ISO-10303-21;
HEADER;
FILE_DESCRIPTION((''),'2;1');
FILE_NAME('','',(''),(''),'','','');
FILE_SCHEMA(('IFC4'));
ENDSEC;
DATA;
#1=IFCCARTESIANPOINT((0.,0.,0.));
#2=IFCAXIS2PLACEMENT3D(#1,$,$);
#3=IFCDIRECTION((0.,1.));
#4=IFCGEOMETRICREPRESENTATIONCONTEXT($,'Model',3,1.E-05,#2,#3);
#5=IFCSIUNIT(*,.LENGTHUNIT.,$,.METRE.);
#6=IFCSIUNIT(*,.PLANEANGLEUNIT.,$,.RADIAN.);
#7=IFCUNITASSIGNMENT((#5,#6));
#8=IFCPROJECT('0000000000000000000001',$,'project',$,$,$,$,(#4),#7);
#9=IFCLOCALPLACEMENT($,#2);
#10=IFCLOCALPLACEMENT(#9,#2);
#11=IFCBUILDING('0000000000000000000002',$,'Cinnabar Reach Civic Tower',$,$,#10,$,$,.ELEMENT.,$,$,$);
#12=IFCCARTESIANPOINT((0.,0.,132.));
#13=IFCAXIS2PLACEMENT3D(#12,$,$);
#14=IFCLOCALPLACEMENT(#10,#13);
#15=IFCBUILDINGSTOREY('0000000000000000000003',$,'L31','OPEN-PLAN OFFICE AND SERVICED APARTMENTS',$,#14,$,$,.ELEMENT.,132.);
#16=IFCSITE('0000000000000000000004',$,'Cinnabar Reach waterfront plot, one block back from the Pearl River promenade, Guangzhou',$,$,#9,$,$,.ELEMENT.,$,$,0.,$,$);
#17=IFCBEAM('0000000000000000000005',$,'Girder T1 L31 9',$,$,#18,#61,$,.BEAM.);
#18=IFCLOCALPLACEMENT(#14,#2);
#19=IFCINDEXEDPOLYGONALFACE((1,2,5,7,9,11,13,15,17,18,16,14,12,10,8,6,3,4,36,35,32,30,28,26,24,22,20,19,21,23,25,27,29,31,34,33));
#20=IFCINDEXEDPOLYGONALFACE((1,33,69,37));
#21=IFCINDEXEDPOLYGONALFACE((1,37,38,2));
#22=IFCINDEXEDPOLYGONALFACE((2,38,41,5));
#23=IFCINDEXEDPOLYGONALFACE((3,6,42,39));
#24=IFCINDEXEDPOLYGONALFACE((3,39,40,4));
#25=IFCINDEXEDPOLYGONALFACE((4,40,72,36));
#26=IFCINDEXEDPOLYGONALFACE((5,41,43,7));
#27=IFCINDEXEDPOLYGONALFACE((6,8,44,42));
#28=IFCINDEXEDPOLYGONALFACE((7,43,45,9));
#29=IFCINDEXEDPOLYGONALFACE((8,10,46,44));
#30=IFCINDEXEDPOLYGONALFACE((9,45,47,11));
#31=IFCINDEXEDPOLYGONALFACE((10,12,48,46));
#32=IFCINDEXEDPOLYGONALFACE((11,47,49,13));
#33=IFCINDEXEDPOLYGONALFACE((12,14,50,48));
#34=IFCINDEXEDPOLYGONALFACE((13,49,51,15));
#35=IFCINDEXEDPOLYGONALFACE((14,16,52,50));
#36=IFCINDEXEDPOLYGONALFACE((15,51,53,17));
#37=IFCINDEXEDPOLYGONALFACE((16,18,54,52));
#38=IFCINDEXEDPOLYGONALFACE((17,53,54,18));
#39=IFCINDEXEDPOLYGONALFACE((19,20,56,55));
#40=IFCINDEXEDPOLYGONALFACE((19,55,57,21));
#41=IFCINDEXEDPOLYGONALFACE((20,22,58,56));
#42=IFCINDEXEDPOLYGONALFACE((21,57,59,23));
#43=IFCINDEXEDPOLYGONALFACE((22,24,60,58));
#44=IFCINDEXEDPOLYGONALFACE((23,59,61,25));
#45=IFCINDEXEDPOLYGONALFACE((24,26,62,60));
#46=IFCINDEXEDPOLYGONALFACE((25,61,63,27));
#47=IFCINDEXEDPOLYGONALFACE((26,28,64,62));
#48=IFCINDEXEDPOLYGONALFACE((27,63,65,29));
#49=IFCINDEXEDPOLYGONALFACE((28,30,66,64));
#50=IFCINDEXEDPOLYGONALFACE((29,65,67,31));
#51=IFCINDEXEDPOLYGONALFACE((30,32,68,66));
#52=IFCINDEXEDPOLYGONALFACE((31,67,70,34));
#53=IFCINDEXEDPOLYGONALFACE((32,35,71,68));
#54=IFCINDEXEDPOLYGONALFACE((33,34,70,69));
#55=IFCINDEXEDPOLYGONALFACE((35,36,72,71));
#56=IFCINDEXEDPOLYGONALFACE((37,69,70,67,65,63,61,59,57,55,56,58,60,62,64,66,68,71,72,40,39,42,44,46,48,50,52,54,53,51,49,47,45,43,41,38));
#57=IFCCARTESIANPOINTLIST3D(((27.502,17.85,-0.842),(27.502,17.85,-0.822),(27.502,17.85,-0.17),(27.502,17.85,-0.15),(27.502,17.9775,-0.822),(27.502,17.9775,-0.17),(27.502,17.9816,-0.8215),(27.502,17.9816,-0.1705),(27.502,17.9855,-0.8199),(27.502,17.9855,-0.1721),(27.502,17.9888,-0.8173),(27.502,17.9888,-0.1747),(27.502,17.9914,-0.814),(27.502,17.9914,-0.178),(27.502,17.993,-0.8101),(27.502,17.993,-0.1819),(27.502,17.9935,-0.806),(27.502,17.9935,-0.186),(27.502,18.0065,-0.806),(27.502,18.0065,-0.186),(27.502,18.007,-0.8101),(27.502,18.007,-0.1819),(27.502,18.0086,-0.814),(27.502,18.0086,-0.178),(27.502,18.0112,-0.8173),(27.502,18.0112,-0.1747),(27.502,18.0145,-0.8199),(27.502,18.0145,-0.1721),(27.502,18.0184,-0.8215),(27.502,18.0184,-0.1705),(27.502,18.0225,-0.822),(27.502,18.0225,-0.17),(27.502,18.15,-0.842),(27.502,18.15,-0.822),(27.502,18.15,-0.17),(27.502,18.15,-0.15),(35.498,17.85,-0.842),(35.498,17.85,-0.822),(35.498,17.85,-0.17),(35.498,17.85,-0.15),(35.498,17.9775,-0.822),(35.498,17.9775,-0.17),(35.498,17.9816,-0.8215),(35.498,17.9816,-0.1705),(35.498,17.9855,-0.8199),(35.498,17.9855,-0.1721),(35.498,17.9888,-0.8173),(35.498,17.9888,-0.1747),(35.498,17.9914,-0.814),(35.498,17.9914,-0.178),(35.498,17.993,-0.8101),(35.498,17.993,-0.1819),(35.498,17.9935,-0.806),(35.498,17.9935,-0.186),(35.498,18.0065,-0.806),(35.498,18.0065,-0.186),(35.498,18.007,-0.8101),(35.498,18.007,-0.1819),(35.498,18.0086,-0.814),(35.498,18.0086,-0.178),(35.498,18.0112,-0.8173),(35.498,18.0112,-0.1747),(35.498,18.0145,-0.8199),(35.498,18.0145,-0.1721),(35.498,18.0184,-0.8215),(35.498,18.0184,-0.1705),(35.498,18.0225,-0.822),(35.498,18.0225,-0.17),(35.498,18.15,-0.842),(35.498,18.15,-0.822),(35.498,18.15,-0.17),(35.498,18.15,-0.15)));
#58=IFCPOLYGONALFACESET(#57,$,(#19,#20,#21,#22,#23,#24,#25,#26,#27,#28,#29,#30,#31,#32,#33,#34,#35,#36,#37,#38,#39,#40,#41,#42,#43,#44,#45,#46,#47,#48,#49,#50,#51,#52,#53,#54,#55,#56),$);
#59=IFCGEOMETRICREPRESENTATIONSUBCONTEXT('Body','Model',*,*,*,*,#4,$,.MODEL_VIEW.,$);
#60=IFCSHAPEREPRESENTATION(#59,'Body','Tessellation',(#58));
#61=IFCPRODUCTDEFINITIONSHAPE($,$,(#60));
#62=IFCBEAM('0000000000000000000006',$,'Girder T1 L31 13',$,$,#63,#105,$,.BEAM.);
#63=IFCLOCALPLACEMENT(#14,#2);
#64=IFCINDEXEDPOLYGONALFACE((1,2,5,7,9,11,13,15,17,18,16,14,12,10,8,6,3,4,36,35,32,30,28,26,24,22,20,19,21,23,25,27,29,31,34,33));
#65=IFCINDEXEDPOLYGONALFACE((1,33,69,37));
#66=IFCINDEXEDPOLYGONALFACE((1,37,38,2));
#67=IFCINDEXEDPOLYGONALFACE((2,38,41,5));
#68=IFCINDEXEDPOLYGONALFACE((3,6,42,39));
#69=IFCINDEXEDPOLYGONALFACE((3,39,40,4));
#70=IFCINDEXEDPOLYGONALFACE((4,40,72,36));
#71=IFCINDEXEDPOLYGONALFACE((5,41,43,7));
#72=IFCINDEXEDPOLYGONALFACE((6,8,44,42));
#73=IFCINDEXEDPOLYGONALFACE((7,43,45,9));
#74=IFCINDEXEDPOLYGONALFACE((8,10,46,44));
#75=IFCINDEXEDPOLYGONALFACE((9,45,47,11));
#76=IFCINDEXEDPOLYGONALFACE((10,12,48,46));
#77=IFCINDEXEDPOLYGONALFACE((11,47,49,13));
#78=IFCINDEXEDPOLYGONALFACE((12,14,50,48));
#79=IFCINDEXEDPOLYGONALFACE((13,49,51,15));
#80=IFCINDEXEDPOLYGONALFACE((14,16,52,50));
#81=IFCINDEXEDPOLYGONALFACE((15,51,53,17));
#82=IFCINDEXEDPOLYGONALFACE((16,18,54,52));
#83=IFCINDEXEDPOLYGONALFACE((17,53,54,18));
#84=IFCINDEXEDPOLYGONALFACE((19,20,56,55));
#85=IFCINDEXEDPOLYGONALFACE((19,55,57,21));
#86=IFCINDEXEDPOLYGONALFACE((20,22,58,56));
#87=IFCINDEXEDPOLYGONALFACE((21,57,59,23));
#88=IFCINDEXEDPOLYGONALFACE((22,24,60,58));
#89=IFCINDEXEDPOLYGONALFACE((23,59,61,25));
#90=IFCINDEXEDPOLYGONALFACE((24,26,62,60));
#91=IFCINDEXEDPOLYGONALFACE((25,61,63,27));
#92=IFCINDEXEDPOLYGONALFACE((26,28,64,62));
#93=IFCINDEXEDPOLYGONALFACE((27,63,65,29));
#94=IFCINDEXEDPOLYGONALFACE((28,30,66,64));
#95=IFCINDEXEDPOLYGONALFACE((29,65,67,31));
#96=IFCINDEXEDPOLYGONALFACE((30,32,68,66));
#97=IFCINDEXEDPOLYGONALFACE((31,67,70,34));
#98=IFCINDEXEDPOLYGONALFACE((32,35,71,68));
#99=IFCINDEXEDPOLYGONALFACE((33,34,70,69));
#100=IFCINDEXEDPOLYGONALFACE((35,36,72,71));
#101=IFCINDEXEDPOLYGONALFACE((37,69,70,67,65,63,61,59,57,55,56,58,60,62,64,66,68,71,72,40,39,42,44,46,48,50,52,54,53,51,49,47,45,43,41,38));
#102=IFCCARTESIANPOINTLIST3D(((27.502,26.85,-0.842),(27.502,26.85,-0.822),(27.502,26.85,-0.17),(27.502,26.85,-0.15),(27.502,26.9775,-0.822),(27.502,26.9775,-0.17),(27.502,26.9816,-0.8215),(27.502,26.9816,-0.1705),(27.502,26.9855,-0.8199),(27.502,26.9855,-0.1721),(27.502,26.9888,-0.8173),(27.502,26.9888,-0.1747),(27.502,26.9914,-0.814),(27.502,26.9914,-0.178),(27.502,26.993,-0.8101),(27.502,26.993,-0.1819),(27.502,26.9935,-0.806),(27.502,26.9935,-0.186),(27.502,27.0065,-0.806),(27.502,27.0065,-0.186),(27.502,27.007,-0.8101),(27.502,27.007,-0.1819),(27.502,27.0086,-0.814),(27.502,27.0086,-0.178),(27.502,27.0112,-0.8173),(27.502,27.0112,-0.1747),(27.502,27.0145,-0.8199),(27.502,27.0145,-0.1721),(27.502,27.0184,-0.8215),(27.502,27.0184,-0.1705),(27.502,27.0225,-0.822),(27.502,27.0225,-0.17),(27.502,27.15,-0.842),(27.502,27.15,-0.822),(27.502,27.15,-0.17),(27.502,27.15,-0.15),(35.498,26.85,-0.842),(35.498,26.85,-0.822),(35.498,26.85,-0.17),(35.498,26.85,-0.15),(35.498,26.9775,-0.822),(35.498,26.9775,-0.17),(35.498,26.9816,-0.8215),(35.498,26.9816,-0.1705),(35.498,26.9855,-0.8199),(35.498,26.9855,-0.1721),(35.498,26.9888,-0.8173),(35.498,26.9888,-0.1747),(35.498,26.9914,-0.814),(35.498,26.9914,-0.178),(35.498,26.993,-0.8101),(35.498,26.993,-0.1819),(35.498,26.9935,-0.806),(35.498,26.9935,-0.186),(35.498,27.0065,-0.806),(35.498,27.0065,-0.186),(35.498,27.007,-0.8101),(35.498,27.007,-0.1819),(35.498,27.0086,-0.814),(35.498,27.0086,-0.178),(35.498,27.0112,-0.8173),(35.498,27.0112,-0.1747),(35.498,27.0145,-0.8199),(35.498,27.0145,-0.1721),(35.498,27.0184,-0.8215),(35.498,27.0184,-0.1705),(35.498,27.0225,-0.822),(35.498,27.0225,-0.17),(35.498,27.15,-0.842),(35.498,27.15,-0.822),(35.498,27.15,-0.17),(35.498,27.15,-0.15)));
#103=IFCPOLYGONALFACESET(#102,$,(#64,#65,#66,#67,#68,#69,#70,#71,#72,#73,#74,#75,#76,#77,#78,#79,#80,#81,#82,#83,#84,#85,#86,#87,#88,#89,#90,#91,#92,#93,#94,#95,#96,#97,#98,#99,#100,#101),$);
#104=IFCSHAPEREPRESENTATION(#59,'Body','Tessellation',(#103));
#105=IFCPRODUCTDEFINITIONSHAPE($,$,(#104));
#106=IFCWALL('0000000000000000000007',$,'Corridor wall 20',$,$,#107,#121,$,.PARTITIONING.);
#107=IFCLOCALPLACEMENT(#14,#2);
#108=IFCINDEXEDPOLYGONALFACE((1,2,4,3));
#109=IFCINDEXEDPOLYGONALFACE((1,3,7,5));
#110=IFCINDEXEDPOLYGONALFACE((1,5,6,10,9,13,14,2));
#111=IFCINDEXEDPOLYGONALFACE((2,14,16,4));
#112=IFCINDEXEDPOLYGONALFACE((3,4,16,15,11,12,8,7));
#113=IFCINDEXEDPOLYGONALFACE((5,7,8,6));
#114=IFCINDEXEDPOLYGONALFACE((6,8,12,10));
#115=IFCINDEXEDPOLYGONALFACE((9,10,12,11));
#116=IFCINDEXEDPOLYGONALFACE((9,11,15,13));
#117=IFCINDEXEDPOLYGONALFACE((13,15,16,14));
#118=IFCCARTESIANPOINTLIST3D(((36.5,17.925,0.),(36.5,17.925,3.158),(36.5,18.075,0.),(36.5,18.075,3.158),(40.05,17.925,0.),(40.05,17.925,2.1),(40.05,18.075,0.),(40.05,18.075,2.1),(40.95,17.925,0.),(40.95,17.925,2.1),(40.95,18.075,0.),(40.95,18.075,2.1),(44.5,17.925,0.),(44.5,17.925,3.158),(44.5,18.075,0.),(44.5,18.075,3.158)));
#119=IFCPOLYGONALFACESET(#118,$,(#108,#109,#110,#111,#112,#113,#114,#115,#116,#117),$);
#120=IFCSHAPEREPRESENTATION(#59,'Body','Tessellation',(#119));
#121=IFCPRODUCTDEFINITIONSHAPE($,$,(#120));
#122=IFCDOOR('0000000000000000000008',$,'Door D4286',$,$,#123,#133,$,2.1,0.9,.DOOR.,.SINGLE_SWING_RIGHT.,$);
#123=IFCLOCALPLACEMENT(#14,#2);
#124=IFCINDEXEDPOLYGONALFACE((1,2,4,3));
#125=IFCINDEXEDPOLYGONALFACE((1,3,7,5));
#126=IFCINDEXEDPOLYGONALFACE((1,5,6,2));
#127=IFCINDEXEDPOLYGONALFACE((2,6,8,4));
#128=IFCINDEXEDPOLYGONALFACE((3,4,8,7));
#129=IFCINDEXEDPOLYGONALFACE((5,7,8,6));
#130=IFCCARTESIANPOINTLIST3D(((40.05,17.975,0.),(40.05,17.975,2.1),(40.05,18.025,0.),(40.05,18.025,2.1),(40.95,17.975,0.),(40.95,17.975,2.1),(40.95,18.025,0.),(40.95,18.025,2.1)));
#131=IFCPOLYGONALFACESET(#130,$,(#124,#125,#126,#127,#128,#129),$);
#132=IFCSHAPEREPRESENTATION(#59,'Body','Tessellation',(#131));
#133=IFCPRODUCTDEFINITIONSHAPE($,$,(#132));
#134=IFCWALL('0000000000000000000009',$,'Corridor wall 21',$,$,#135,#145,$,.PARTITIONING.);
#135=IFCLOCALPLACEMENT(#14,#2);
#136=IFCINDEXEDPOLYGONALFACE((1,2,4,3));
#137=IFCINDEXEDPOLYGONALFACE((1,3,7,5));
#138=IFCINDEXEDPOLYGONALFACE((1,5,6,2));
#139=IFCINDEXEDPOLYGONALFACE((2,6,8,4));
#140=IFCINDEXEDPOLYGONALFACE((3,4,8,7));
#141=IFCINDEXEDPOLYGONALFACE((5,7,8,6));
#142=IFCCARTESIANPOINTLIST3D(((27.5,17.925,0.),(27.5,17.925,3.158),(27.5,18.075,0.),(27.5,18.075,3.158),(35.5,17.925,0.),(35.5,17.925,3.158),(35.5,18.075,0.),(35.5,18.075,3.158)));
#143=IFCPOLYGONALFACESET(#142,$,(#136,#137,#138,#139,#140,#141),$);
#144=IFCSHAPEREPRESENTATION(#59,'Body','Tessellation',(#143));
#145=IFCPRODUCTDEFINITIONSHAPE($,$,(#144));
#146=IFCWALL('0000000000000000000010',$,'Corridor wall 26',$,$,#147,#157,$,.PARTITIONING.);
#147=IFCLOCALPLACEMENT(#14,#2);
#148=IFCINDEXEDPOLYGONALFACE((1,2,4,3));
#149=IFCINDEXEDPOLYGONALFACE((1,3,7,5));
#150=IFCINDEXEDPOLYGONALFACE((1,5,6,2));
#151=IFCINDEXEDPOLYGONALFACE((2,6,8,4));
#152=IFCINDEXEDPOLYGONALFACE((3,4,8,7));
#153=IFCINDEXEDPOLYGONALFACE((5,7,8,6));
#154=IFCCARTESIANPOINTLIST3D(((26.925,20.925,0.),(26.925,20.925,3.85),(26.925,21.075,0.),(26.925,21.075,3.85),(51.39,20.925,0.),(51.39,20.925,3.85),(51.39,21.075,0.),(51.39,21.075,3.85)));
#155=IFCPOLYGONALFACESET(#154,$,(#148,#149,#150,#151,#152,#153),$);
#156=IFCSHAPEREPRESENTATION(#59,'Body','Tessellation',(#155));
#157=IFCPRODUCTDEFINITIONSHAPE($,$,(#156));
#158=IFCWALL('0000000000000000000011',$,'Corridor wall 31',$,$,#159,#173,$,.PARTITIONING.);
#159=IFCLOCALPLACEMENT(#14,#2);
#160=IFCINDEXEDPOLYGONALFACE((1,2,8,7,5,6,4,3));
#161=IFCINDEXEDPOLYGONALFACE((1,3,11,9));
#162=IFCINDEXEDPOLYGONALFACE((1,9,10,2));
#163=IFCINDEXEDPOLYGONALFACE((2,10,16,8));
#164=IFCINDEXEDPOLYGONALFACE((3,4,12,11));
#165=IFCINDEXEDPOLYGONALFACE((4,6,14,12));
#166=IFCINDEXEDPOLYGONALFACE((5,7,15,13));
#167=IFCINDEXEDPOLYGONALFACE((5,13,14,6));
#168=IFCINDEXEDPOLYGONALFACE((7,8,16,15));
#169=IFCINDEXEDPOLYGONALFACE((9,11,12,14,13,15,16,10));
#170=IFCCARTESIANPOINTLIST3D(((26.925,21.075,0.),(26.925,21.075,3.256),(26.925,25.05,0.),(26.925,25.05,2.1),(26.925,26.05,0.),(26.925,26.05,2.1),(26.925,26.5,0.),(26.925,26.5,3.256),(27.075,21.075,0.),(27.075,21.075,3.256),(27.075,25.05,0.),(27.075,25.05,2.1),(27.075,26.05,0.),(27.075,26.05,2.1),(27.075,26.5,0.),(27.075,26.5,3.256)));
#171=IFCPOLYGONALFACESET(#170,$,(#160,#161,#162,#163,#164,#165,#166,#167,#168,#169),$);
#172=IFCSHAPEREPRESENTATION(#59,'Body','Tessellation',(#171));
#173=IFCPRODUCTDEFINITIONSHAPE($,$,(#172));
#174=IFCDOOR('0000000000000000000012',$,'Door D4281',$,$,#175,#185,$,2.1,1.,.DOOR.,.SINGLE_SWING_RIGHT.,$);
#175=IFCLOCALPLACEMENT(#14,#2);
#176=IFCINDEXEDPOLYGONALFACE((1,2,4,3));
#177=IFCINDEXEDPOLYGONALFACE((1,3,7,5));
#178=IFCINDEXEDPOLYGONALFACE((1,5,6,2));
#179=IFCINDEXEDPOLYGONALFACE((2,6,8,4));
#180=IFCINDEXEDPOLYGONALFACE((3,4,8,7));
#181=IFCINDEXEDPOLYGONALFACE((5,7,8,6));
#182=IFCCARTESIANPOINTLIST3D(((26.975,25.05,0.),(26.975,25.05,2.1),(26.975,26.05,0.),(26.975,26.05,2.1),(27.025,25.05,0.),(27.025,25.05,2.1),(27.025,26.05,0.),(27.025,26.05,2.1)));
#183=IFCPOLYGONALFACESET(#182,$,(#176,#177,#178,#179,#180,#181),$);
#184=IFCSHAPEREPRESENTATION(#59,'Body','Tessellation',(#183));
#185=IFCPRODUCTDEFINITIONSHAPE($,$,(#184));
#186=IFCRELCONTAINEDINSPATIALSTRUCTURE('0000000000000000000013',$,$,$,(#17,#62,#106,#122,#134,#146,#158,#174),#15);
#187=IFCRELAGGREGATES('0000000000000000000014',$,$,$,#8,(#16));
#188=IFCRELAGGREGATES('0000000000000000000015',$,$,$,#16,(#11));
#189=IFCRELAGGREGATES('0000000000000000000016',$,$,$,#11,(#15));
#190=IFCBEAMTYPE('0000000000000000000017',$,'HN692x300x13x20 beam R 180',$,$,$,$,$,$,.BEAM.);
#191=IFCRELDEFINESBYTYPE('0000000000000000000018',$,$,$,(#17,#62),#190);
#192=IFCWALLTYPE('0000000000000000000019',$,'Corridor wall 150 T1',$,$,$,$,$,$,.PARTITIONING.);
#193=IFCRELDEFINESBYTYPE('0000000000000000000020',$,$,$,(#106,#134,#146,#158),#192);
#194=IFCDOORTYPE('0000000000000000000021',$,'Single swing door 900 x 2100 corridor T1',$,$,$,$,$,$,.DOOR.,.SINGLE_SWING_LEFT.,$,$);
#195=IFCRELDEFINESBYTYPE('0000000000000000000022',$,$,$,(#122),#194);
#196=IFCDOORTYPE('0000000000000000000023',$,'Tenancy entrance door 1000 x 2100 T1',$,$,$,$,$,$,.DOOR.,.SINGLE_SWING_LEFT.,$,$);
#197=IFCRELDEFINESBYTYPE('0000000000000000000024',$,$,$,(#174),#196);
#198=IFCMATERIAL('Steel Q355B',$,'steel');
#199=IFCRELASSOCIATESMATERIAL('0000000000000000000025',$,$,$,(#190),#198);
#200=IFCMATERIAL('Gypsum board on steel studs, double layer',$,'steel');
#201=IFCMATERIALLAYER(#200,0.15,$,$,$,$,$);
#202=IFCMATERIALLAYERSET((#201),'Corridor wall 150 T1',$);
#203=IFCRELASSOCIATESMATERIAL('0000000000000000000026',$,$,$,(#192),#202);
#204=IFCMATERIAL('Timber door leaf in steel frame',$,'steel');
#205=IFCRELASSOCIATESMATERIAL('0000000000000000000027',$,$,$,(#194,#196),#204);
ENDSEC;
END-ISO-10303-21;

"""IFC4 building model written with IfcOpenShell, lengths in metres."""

from ifc_helpers import new_model, si_unit, direction, frame, frame_2d, origin, origin_2d, place, context, subcontext, project, spatial, rectangle, i_section, extrude, material, layer, layer_set, material_profile, profile_set, type_object, element, fill, save


model = new_model("IFC4")

# Units and contexts
model_context = context("Model", 3, precision=1e-05, world=origin(), true_north=direction((0.0, 1.0)))
body_context = subcontext(model_context, "Body", "Model", "MODEL_VIEW")
ifc_project = project(units=[si_unit("LENGTHUNIT", "METRE"), si_unit("PLANEANGLEUNIT", "RADIAN")], contexts=[model_context])

# Site, building, storey
site_placement = place(None, origin())
site = spatial("IfcSite", under=ifc_project, at=site_placement, Name="Cinnabar Reach waterfront plot, one block back from the Pearl River promenade, Guangzhou", CompositionType="ELEMENT", RefElevation=0.0)
building_placement = place(site_placement, origin())
building = spatial("IfcBuilding", under=site, at=building_placement, Name="Cinnabar Reach Civic Tower", CompositionType="ELEMENT")
storey_placement = place(building_placement, frame((0.0, 0.0, 132.0)))
storey = spatial("IfcBuildingStorey", under=building, at=storey_placement, Name="L31", Description="OPEN-PLAN OFFICE AND SERVICED APARTMENTS", CompositionType="ELEMENT", Elevation=132.0)

# Beams
ifc_material_1 = material(Name="Steel Q355B", Category="steel")
ifc_material_profile_1 = material_profile(ifc_material_1, i_section(OverallWidth=0.3, OverallDepth=0.692, WebThickness=0.013, FlangeThickness=0.02, FilletRadius=0.016, at=origin_2d()), Name="HN692x300x13x20")
ifc_profile_set_1 = profile_set([ifc_material_profile_1], Name="Steel Q355B")
beam_type_1 = type_object("IfcBeamType", Name="HN692x300x13x20 beam R 180", PredefinedType="BEAM", material=ifc_profile_set_1)
for number, where, z_axis, x_axis, name in (
    (1, (27.502, 18.0, -0.496), (1.0, 0.0, 0.0), (0.0, 1.0, 0.0), "Girder T1 L31 9"),
    (2, (27.502, 27.0, -0.496), (1.0, 0.0, 0.0), (0.0, 1.0, 0.0), "Girder T1 L31 13"),
):
    element("IfcBeam", number, at=place(storey_placement, frame(where, z_axis=z_axis, x_axis=x_axis)), inside=storey, type_object=beam_type_1, Name=name, PredefinedType="BEAM", context=body_context, shape_type="SweptSolid", body=[
        extrude(i_section(OverallWidth=0.3, OverallDepth=0.692, WebThickness=0.013, FlangeThickness=0.02, FilletRadius=0.016, at=origin_2d()), origin(), (0.0, 0.0, 1.0), 7.996),
    ])

# Wall, opening, door
ifc_material_2 = material(Name="Gypsum board on steel studs, double layer", Category="steel")
ifc_layer_1 = layer(ifc_material_2, 0.15)
ifc_layer_set_1 = layer_set([ifc_layer_1], Name="Corridor wall 150 T1")
wall_type_1 = type_object("IfcWallType", Name="Corridor wall 150 T1", PredefinedType="PARTITIONING", material=ifc_layer_set_1)
wall_1_placement = place(storey_placement, frame((36.5, 18.0, 0.0), z_axis=(0.0, 0.0, 1.0), x_axis=(1.0, 0.0, 0.0)))
wall_1 = element("IfcWall", 3, at=wall_1_placement, inside=storey, type_object=wall_type_1, Name="Corridor wall 20", PredefinedType="PARTITIONING", context=body_context, shape_type="SweptSolid", body=[
    extrude(rectangle(XDim=8.0, YDim=0.15, at=frame_2d((4.0, 0.0))), origin(), (0.0, 0.0, 1.0), 3.158),
])
opening_1_placement = place(wall_1_placement, frame((3.55, 0.0, 0.0)))
opening_1 = element("IfcOpeningElement", 4, at=opening_1_placement, cuts=wall_1, PredefinedType="OPENING", context=body_context, shape_type="SweptSolid", body=[
    extrude(rectangle(XDim=0.9, YDim=2.1, at=frame_2d((0.45, 1.05))), frame((0.0, 0.085, 0.0), z_axis=(0.0, -1.0, 0.0), x_axis=(1.0, 0.0, 0.0)), (0.0, 0.0, 1.0), 0.17),
])
ifc_material_3 = material(Name="Timber door leaf in steel frame", Category="steel")
door_type_1 = type_object("IfcDoorType", Name="Single swing door 900 x 2100 corridor T1", OperationType="SINGLE_SWING_LEFT", PredefinedType="DOOR", material=ifc_material_3)
door_1_placement = place(opening_1_placement, frame((0.9, 0.0, 0.0), z_axis=(0.0, 0.0, 1.0), x_axis=(-1.0, 0.0, 0.0)))
door_1 = element("IfcDoor", 5, at=door_1_placement, inside=storey, type_object=door_type_1, Name="Door D4286", OperationType="SINGLE_SWING_RIGHT", OverallHeight=2.1, OverallWidth=0.9, PredefinedType="DOOR", context=body_context, shape_type="SweptSolid", body=[
    extrude(rectangle(XDim=0.9, YDim=2.1, at=frame_2d((0.45, 1.05))), frame((0.0, 0.025, 0.0), z_axis=(0.0, -1.0, 0.0), x_axis=(1.0, 0.0, 0.0)), (0.0, 0.0, 1.0), 0.05),
])
fill(opening_1, door_1)

# Walls
wall_2_placement = place(storey_placement, frame((27.5, 18.0, 0.0), z_axis=(0.0, 0.0, 1.0), x_axis=(1.0, 0.0, 0.0)))
element("IfcWall", 6, at=wall_2_placement, inside=storey, type_object=wall_type_1, Name="Corridor wall 21", PredefinedType="PARTITIONING", context=body_context, shape_type="SweptSolid", body=[
    extrude(rectangle(XDim=8.0, YDim=0.15, at=frame_2d((4.0, 0.0))), origin(), (0.0, 0.0, 1.0), 3.158),
])
wall_3_placement = place(storey_placement, frame((26.925, 21.0, 0.0), z_axis=(0.0, 0.0, 1.0), x_axis=(1.0, 0.0, 0.0)))
element("IfcWall", 7, at=wall_3_placement, inside=storey, type_object=wall_type_1, Name="Corridor wall 26", PredefinedType="PARTITIONING", context=body_context, shape_type="SweptSolid", body=[
    extrude(rectangle(XDim=24.465, YDim=0.15, at=frame_2d((12.2325, 0.0))), origin(), (0.0, 0.0, 1.0), 3.85),
])

# Wall, opening, door
wall_4_placement = place(storey_placement, frame((27.0, 21.075, 0.0), z_axis=(0.0, 0.0, 1.0), x_axis=(0.0, 1.0, 0.0)))
wall_4 = element("IfcWall", 8, at=wall_4_placement, inside=storey, type_object=wall_type_1, Name="Corridor wall 31", PredefinedType="PARTITIONING", context=body_context, shape_type="SweptSolid", body=[
    extrude(rectangle(XDim=5.425, YDim=0.15, at=frame_2d((2.7125, 0.0))), origin(), (0.0, 0.0, 1.0), 3.256),
])
opening_2_placement = place(wall_4_placement, frame((3.975, 0.0, 0.0)))
opening_2 = element("IfcOpeningElement", 9, at=opening_2_placement, cuts=wall_4, PredefinedType="OPENING", context=body_context, shape_type="SweptSolid", body=[
    extrude(rectangle(XDim=1.0, YDim=2.1, at=frame_2d((0.5, 1.05))), frame((0.0, 0.085, 0.0), z_axis=(0.0, -1.0, 0.0), x_axis=(1.0, 0.0, 0.0)), (0.0, 0.0, 1.0), 0.17),
])
door_type_2 = type_object("IfcDoorType", Name="Tenancy entrance door 1000 x 2100 T1", OperationType="SINGLE_SWING_LEFT", PredefinedType="DOOR", material=ifc_material_3)
door_2_placement = place(opening_2_placement, frame((1.0, 0.0, 0.0), z_axis=(0.0, 0.0, 1.0), x_axis=(-1.0, 0.0, 0.0)))
door_2 = element("IfcDoor", 10, at=door_2_placement, inside=storey, type_object=door_type_2, Name="Door D4281", OperationType="SINGLE_SWING_RIGHT", OverallHeight=2.1, OverallWidth=1.0, PredefinedType="DOOR", context=body_context, shape_type="SweptSolid", body=[
    extrude(rectangle(XDim=1.0, YDim=2.1, at=frame_2d((0.5, 1.05))), frame((0.0, 0.025, 0.0), z_axis=(0.0, -1.0, 0.0), x_axis=(1.0, 0.0, 0.0)), (0.0, 0.0, 1.0), 0.05),
])
fill(opening_2, door_2)

save(model, "model.ifc")
